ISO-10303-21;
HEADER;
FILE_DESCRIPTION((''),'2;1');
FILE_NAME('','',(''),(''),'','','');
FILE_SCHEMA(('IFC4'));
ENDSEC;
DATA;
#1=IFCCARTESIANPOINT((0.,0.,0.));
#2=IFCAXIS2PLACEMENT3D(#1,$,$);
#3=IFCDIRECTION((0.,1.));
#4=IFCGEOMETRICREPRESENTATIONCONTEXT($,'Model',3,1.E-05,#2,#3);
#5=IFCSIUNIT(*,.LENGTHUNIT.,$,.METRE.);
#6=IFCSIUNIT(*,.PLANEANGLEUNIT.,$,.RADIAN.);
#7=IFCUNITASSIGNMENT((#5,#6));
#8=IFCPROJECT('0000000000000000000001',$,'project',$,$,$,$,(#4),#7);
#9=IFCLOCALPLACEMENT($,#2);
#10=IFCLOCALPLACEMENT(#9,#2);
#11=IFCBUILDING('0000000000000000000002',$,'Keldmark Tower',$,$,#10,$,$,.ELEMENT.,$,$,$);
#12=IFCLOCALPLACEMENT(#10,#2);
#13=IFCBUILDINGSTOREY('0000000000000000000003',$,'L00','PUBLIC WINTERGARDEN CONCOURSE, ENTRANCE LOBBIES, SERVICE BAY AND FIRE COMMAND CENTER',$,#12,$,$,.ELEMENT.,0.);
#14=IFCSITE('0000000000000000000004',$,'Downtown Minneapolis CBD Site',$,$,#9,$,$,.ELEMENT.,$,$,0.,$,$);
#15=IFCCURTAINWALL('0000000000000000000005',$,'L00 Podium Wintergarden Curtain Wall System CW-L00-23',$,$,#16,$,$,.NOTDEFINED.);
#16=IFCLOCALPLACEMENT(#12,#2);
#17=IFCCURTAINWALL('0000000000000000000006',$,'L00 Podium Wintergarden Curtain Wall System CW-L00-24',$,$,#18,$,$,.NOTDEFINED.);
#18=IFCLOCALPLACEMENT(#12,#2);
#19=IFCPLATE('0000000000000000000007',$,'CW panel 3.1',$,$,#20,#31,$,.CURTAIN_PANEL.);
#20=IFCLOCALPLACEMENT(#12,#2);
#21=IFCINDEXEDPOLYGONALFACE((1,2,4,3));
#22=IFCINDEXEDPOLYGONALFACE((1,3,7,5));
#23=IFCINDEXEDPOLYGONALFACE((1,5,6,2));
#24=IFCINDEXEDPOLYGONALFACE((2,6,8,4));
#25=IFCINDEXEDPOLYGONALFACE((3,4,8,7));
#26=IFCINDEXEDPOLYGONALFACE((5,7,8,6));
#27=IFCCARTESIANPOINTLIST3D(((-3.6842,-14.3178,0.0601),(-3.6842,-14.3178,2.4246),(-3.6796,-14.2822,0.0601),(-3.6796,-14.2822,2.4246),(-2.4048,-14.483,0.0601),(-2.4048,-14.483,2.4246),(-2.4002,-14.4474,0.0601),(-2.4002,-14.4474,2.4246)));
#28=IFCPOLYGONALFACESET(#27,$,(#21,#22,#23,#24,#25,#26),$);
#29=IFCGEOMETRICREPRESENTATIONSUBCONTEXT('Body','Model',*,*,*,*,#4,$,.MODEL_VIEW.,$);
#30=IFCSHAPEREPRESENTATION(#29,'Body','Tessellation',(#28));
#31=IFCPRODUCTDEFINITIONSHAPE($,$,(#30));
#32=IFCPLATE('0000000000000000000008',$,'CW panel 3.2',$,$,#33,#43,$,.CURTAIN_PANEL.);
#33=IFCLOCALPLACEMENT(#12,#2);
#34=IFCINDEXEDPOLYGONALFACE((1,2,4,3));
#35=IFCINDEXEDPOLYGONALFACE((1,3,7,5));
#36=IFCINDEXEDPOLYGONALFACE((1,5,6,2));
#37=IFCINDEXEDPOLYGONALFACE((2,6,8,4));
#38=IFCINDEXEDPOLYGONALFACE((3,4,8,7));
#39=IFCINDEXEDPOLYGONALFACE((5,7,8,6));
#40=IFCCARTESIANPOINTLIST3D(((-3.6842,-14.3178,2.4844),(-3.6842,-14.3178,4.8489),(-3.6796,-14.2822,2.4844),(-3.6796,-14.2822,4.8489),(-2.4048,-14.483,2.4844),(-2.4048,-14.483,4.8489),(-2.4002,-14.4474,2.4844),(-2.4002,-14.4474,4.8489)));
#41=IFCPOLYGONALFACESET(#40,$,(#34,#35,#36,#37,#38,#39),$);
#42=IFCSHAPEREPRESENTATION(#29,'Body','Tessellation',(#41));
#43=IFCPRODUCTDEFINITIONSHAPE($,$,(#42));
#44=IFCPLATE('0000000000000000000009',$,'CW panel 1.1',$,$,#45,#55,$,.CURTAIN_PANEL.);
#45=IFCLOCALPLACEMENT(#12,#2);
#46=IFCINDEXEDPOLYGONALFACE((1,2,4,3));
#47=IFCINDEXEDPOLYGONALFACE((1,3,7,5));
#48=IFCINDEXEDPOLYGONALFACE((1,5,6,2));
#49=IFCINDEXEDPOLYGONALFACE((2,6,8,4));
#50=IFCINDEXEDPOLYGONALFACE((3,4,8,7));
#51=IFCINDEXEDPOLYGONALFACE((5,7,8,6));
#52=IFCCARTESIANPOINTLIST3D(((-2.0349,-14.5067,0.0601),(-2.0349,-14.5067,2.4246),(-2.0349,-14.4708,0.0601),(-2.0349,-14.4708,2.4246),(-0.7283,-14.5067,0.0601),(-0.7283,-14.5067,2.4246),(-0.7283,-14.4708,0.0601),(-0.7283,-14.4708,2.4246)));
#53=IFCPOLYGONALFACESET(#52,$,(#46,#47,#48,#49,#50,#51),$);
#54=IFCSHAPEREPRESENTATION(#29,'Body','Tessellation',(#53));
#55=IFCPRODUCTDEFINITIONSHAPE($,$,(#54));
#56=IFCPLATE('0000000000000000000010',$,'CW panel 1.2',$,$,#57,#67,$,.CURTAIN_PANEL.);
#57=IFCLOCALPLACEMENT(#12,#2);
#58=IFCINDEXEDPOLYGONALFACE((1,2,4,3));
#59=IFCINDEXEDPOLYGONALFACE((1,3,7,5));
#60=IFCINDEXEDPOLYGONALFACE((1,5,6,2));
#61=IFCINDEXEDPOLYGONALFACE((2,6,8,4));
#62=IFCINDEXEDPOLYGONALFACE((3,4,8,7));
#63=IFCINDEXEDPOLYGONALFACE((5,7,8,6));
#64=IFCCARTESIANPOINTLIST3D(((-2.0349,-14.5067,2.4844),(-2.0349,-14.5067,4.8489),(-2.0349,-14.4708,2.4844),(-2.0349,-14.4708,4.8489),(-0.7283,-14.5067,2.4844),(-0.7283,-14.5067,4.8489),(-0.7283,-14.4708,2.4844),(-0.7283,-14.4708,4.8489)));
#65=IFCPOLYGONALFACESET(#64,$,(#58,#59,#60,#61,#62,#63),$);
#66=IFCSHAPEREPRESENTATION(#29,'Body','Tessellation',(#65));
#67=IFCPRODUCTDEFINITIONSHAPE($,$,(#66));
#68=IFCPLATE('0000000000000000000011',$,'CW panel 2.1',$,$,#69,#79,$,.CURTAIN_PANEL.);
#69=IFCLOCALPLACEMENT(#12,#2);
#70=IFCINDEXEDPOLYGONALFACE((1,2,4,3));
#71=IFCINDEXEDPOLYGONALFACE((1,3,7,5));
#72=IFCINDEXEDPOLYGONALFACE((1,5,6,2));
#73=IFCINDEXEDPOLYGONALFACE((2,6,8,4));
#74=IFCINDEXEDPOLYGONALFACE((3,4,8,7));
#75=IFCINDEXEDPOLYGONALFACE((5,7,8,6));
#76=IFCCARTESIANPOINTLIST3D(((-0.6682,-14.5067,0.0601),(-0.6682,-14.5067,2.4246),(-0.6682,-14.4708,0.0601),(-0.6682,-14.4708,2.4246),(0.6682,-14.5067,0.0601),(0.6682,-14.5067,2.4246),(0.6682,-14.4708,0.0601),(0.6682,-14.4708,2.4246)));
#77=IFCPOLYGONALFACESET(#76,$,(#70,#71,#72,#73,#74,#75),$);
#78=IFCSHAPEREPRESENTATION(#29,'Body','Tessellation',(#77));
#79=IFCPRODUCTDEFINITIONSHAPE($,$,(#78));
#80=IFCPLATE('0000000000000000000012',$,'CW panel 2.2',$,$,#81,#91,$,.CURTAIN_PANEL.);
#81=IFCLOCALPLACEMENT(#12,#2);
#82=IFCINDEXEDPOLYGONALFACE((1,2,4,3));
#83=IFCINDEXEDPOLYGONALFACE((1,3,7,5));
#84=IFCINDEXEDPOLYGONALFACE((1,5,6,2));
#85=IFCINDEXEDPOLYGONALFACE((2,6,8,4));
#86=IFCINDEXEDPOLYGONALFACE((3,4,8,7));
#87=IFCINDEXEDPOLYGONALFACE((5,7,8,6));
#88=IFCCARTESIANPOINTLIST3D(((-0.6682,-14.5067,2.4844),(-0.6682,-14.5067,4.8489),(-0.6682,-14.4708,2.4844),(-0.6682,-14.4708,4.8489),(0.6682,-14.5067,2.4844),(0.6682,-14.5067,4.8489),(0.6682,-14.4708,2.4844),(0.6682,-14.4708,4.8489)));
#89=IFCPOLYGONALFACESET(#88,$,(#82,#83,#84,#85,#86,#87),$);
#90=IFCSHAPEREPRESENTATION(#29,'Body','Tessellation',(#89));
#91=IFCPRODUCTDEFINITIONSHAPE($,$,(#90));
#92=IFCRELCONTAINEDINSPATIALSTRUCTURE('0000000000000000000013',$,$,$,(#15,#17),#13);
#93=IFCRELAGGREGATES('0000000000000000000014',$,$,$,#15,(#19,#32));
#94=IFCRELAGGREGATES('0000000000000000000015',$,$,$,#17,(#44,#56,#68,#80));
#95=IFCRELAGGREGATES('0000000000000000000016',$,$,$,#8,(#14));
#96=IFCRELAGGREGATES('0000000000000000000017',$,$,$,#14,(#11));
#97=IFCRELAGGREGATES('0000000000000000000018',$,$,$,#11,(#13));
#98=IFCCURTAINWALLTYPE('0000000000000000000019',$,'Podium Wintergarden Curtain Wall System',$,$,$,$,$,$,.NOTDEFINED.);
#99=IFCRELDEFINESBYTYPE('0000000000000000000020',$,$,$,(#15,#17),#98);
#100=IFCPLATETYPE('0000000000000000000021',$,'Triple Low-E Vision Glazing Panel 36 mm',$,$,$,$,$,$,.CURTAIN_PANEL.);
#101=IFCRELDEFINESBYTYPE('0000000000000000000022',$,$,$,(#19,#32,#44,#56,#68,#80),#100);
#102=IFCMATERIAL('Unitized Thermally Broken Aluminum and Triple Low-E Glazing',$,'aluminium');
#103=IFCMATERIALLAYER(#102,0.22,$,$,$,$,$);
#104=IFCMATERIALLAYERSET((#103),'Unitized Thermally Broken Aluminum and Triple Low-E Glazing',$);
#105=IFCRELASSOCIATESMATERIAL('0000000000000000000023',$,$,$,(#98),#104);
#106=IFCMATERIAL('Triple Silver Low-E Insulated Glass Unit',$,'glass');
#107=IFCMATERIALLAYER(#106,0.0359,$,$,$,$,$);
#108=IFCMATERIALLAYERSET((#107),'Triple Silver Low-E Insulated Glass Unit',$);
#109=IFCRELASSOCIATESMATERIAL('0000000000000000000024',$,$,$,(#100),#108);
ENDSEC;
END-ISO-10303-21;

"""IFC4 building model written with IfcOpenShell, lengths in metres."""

from ifc_helpers import new_model, si_unit, direction, frame, origin, origin_2d, place, context, subcontext, project, spatial, rectangle, extrude, material, layer, layer_set, type_object, element, aggregate, save


model = new_model("IFC4")

# Units and contexts
model_context = context("Model", 3, precision=1e-05, world=origin(), true_north=direction((0.0, 1.0)))
body_context = subcontext(model_context, "Body", "Model", "MODEL_VIEW")
ifc_project = project(units=[si_unit("LENGTHUNIT", "METRE"), si_unit("PLANEANGLEUNIT", "RADIAN")], contexts=[model_context])

# Site, building, storey
site_placement = place(None, origin())
site = spatial("IfcSite", under=ifc_project, at=site_placement, Name="Downtown Minneapolis CBD Site", CompositionType="ELEMENT", RefElevation=0.0)
building_placement = place(site_placement, origin())
building = spatial("IfcBuilding", under=site, at=building_placement, Name="Keldmark Tower", CompositionType="ELEMENT")
storey_placement = place(building_placement, origin())
storey = spatial("IfcBuildingStorey", under=building, at=storey_placement, Name="L00", Description="PUBLIC WINTERGARDEN CONCOURSE, ENTRANCE LOBBIES, SERVICE BAY AND FIRE COMMAND CENTER", CompositionType="ELEMENT", Elevation=0.0)

# Curtain walls
ifc_material_1 = material(Name="Unitized Thermally Broken Aluminum and Triple Low-E Glazing", Category="aluminium")
ifc_layer_1 = layer(ifc_material_1, 0.22)
ifc_layer_set_1 = layer_set([ifc_layer_1], Name="Unitized Thermally Broken Aluminum and Triple Low-E Glazing")
curtain_wall_type = type_object("IfcCurtainWallType", Name="Podium Wintergarden Curtain Wall System", PredefinedType="NOTDEFINED", material=ifc_layer_set_1)
curtain_wall_1_placement = place(storey_placement, origin())
curtain_wall_1 = element("IfcCurtainWall", 1, at=curtain_wall_1_placement, inside=storey, type_object=curtain_wall_type, Name="L00 Podium Wintergarden Curtain Wall System CW-L00-23", PredefinedType="NOTDEFINED")
curtain_wall_2_placement = place(storey_placement, origin())
curtain_wall_2 = element("IfcCurtainWall", 2, at=curtain_wall_2_placement, inside=storey, type_object=curtain_wall_type, Name="L00 Podium Wintergarden Curtain Wall System CW-L00-24", PredefinedType="NOTDEFINED")

# Plates
ifc_material_2 = material(Name="Triple Silver Low-E Insulated Glass Unit", Category="glass")
ifc_layer_2 = layer(ifc_material_2, 0.0359)
ifc_layer_set_2 = layer_set([ifc_layer_2], Name="Triple Silver Low-E Insulated Glass Unit")
plate_type = type_object("IfcPlateType", Name="Triple Low-E Vision Glazing Panel 36 mm", PredefinedType="CURTAIN_PANEL", material=ifc_layer_set_2)
plate_1_placement = place(storey_placement, frame((-3.0422, -14.3826, 0.0601), z_axis=(0.0, 0.0, 1.0), x_axis=(0.991766, -0.128062, 0.0)))
plate_1 = element("IfcPlate", 3, at=plate_1_placement, type_object=plate_type, Name="CW panel 3.1", PredefinedType="CURTAIN_PANEL", context=body_context, shape_type="SweptSolid", body=[
    extrude(rectangle(XDim=1.29, YDim=0.0359, at=origin_2d()), origin(), (0.0, 0.0, 1.0), 2.3645),
])
plate_2_placement = place(storey_placement, frame((-3.0422, -14.3826, 2.4844), z_axis=(0.0, 0.0, 1.0), x_axis=(0.991766, -0.128062, 0.0)))
plate_2 = element("IfcPlate", 4, at=plate_2_placement, type_object=plate_type, Name="CW panel 3.2", PredefinedType="CURTAIN_PANEL", context=body_context, shape_type="SweptSolid", body=[
    extrude(rectangle(XDim=1.29, YDim=0.0359, at=origin_2d()), origin(), (0.0, 0.0, 1.0), 2.3645),
])
aggregate(curtain_wall_1, [plate_1, plate_2])
plate_3_placement = place(storey_placement, frame((-1.3816, -14.4888, 0.0601), z_axis=(0.0, 0.0, 1.0), x_axis=(1.0, 0.0, 0.0)))
plate_3 = element("IfcPlate", 5, at=plate_3_placement, type_object=plate_type, Name="CW panel 1.1", PredefinedType="CURTAIN_PANEL", context=body_context, shape_type="SweptSolid", body=[
    extrude(rectangle(XDim=1.3066, YDim=0.0359, at=origin_2d()), origin(), (0.0, 0.0, 1.0), 2.3645),
])
plate_4_placement = place(storey_placement, frame((-1.3816, -14.4888, 2.4844), z_axis=(0.0, 0.0, 1.0), x_axis=(1.0, 0.0, 0.0)))
plate_4 = element("IfcPlate", 6, at=plate_4_placement, type_object=plate_type, Name="CW panel 1.2", PredefinedType="CURTAIN_PANEL", context=body_context, shape_type="SweptSolid", body=[
    extrude(rectangle(XDim=1.3066, YDim=0.0359, at=origin_2d()), origin(), (0.0, 0.0, 1.0), 2.3645),
])
plate_5_placement = place(storey_placement, frame((0.0, -14.4888, 0.0601), z_axis=(0.0, 0.0, 1.0), x_axis=(1.0, 0.0, 0.0)))
plate_5 = element("IfcPlate", 7, at=plate_5_placement, type_object=plate_type, Name="CW panel 2.1", PredefinedType="CURTAIN_PANEL", context=body_context, shape_type="SweptSolid", body=[
    extrude(rectangle(XDim=1.3364, YDim=0.0359, at=origin_2d()), origin(), (0.0, 0.0, 1.0), 2.3645),
])
plate_6_placement = place(storey_placement, frame((0.0, -14.4888, 2.4844), z_axis=(0.0, 0.0, 1.0), x_axis=(1.0, 0.0, 0.0)))
plate_6 = element("IfcPlate", 8, at=plate_6_placement, type_object=plate_type, Name="CW panel 2.2", PredefinedType="CURTAIN_PANEL", context=body_context, shape_type="SweptSolid", body=[
    extrude(rectangle(XDim=1.3364, YDim=0.0359, at=origin_2d()), origin(), (0.0, 0.0, 1.0), 2.3645),
])
aggregate(curtain_wall_2, [plate_3, plate_4, plate_5, plate_6])

save(model, "model.ifc")
